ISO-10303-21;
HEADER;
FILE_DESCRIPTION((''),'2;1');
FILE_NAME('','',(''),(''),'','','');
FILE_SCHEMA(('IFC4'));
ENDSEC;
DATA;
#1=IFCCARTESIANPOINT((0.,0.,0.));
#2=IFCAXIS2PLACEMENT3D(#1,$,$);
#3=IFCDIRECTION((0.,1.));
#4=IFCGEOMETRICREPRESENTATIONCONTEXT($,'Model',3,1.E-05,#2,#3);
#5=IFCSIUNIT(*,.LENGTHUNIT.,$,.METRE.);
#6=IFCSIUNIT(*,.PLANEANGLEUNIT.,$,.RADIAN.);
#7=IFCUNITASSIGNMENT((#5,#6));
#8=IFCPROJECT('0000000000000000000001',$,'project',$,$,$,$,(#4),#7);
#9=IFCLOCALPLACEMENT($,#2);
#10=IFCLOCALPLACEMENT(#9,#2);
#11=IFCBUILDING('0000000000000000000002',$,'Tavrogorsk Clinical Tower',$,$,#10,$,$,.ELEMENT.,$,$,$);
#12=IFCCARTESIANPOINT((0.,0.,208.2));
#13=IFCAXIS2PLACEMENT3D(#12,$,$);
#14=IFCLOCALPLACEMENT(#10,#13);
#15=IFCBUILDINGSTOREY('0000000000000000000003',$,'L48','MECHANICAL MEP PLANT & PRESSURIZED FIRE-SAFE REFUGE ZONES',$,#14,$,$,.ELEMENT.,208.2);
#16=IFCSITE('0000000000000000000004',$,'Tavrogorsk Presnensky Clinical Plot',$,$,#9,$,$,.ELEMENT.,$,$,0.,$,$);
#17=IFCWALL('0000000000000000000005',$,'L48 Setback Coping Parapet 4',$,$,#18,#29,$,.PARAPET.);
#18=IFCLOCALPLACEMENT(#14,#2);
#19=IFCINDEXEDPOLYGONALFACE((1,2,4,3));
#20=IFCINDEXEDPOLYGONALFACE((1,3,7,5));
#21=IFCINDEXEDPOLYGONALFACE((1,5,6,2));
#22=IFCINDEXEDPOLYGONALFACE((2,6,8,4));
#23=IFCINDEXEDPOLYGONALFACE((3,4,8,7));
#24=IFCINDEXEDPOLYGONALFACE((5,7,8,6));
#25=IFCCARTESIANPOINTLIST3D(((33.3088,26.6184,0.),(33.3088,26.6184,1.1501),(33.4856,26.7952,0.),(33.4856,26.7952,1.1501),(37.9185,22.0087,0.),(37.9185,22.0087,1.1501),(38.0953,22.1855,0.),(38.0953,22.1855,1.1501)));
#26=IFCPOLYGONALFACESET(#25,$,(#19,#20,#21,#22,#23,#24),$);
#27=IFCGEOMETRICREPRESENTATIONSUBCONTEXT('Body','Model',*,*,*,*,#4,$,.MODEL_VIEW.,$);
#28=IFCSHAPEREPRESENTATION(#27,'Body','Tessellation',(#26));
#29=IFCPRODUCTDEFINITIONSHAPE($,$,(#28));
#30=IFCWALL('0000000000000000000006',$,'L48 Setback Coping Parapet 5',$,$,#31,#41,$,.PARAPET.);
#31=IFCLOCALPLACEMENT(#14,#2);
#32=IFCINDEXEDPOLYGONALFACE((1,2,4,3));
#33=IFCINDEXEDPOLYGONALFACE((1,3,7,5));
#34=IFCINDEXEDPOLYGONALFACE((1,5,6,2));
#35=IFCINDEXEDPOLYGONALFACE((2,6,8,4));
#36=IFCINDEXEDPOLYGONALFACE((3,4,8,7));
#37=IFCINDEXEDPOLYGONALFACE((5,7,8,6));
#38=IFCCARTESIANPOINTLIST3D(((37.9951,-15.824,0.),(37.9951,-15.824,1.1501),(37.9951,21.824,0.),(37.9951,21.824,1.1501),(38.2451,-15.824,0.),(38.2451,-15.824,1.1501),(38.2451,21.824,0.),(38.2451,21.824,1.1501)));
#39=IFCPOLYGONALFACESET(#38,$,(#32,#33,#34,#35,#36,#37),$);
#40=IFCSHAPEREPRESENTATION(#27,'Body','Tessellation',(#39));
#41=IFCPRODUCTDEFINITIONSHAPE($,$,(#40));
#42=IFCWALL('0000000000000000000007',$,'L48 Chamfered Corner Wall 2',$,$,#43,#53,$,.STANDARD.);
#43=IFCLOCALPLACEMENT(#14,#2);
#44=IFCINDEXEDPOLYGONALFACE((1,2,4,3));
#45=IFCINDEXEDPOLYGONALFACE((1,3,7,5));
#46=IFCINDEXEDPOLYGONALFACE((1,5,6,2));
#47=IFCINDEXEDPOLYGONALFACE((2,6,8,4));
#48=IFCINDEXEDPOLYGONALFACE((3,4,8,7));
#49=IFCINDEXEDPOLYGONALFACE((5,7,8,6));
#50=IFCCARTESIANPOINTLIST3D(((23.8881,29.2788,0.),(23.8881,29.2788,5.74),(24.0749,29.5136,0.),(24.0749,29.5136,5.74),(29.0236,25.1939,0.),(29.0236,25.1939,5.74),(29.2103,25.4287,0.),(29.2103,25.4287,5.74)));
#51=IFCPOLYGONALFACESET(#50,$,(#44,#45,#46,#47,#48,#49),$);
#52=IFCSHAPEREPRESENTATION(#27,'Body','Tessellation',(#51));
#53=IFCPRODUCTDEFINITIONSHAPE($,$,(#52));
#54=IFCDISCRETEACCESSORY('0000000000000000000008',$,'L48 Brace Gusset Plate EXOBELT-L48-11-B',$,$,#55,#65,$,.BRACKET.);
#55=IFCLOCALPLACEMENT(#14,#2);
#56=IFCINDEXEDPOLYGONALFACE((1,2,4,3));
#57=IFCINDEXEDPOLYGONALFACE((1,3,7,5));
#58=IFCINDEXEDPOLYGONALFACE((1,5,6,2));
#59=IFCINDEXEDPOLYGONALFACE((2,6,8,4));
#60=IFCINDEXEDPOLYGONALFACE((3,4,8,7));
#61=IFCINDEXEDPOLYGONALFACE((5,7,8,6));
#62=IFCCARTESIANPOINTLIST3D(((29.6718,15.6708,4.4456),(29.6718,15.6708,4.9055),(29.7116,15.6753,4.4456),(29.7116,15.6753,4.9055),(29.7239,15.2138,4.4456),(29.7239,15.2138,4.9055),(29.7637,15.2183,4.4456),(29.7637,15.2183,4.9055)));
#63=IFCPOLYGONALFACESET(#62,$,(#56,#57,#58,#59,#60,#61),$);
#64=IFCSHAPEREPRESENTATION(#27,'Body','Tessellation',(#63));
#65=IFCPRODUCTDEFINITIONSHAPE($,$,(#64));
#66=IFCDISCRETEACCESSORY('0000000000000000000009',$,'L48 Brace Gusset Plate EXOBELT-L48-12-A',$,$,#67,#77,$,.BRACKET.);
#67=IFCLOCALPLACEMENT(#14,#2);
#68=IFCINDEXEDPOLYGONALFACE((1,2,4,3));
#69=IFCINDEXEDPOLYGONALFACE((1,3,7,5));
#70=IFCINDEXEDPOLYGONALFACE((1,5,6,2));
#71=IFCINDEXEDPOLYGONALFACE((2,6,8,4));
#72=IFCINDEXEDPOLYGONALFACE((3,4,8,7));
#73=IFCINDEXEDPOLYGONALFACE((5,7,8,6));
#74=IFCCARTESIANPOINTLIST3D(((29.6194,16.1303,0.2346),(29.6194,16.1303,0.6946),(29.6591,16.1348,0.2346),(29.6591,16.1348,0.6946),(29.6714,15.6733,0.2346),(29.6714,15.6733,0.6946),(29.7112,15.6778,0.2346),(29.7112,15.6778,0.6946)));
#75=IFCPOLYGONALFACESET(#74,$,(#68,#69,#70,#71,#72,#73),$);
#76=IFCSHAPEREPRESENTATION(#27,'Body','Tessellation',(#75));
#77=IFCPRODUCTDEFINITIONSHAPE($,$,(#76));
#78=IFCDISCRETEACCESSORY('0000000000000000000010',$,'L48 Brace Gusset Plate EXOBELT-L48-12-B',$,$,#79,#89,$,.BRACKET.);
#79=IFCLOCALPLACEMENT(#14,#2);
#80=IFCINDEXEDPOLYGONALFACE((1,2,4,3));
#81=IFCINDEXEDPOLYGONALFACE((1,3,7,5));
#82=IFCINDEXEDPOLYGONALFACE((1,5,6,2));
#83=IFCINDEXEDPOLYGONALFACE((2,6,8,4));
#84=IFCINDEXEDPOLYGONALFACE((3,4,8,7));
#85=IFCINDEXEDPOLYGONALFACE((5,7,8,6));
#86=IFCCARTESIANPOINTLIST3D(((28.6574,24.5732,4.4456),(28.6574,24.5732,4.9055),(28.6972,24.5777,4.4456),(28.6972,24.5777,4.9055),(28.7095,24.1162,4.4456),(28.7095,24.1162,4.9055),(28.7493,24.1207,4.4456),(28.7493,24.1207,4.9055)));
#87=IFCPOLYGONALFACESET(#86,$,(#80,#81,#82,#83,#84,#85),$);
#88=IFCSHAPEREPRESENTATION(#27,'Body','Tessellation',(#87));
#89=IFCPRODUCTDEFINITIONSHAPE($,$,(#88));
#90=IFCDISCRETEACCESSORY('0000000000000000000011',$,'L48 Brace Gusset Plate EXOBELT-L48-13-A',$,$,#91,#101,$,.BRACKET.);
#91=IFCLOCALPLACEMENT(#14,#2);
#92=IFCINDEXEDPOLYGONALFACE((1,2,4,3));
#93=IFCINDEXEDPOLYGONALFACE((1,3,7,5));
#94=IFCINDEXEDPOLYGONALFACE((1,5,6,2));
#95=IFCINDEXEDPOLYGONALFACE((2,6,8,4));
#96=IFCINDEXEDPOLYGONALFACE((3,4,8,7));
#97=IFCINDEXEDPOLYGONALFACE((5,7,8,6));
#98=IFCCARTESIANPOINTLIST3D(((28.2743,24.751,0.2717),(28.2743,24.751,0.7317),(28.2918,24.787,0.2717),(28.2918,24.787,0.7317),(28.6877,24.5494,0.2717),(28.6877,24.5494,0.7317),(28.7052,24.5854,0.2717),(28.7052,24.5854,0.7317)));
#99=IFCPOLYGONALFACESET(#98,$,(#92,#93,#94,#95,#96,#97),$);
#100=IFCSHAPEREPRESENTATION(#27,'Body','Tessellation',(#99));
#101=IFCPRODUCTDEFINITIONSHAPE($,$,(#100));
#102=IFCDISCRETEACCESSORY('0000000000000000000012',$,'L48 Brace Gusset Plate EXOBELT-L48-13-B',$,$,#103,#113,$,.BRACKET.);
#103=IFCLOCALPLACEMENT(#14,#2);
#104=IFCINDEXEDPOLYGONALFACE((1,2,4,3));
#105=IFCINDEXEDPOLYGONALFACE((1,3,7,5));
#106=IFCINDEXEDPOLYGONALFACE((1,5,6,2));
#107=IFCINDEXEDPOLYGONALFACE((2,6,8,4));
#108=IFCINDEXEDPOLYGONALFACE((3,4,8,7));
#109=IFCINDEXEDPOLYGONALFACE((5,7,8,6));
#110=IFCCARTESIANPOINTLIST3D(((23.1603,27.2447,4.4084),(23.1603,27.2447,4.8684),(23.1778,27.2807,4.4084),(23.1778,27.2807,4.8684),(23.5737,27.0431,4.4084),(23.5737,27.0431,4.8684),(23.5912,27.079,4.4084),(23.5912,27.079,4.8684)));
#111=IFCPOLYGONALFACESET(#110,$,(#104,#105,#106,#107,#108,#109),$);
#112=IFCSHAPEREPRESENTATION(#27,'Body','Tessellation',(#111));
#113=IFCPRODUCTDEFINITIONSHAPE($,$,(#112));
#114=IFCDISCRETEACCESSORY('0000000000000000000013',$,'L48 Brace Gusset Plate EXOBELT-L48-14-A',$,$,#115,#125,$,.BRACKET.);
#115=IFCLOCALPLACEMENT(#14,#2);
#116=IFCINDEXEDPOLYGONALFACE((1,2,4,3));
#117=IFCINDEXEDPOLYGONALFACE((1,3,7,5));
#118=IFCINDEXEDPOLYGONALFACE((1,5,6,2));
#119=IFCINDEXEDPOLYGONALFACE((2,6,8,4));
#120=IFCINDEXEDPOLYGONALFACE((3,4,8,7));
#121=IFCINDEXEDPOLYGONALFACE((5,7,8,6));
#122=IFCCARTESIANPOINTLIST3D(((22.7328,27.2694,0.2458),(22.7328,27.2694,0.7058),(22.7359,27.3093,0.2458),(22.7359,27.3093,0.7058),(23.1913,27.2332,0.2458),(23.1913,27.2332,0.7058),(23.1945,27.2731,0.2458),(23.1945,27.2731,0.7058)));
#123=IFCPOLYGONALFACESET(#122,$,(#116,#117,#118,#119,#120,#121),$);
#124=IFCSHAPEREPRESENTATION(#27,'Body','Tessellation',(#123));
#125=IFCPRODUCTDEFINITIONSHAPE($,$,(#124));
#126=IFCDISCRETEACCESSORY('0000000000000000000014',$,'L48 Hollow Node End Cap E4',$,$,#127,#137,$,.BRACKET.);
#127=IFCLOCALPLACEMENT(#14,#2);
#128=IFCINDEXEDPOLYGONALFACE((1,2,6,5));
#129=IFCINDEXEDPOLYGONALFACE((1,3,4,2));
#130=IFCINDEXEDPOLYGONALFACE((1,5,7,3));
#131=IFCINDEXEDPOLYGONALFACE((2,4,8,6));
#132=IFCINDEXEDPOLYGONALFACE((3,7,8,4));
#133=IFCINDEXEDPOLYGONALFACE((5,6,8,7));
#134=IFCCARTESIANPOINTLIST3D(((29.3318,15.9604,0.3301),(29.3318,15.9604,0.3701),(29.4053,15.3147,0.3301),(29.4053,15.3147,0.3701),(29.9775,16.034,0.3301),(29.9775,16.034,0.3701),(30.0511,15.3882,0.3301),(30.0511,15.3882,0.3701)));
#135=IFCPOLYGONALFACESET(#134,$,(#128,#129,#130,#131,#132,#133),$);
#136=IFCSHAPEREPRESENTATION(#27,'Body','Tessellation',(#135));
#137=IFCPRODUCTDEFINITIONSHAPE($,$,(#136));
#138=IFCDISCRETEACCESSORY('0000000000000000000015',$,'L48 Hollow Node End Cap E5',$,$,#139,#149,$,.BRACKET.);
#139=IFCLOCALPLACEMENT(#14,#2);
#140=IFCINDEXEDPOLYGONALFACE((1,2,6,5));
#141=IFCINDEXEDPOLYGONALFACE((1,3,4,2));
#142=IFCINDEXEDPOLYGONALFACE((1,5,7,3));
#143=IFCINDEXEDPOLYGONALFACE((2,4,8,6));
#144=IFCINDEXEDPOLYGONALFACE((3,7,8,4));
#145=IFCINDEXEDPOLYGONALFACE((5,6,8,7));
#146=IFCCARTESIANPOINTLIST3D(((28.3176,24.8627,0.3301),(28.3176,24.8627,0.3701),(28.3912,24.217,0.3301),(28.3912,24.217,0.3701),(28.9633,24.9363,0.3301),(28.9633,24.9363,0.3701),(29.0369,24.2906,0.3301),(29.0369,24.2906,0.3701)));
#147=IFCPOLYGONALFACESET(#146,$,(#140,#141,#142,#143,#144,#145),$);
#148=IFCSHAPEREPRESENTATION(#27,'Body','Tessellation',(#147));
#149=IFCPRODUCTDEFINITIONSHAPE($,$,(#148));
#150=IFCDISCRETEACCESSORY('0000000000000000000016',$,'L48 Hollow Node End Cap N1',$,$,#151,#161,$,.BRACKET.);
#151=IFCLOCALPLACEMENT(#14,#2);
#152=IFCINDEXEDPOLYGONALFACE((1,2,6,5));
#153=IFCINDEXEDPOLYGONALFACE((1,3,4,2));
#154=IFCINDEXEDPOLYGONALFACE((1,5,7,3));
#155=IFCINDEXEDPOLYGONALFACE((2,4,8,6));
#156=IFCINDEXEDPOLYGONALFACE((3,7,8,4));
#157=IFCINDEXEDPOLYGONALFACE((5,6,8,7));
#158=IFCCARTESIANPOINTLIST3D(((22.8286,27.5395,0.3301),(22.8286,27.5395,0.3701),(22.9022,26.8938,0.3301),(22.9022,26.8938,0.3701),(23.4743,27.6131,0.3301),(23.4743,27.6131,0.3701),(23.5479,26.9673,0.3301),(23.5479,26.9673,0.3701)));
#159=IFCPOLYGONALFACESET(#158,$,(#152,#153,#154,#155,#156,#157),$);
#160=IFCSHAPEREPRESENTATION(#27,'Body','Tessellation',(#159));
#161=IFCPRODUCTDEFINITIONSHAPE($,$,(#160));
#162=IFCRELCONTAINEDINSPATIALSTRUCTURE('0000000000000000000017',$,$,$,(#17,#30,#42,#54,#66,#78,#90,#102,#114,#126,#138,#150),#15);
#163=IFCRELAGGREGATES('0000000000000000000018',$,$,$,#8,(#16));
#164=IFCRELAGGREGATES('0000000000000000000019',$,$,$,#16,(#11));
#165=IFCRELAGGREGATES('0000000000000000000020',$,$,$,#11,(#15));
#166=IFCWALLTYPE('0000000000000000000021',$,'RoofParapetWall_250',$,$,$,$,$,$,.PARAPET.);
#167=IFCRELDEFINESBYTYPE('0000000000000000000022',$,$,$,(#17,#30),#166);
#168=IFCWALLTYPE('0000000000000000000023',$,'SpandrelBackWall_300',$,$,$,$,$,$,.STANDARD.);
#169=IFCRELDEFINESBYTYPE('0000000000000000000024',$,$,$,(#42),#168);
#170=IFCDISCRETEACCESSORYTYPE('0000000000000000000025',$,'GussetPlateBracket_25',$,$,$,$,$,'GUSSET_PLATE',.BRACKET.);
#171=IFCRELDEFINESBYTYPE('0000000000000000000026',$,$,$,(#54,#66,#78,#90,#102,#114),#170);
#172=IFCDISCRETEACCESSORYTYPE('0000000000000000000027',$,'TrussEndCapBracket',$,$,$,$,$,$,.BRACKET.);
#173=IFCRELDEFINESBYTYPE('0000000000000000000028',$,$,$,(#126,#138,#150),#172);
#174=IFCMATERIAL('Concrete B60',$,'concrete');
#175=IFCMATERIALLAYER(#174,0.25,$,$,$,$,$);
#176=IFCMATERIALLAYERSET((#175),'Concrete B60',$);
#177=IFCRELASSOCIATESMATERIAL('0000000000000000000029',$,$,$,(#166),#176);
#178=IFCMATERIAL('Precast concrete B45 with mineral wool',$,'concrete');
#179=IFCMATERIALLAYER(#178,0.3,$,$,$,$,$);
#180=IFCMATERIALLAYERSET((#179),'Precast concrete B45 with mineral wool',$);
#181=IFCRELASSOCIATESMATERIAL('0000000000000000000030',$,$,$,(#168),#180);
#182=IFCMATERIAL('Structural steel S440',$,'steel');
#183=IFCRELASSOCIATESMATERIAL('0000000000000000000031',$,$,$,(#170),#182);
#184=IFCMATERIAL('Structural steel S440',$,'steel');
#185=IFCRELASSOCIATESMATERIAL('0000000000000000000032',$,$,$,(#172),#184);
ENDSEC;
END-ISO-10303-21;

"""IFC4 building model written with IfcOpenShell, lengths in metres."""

from ifc_helpers import new_model, si_unit, direction, frame, frame_2d, origin, origin_2d, place, context, subcontext, project, spatial, rectangle, extrude, material, layer, layer_set, type_object, element, save


model = new_model("IFC4")

# Units and contexts
model_context = context("Model", 3, precision=1e-05, world=origin(), true_north=direction((0.0, 1.0)))
body_context = subcontext(model_context, "Body", "Model", "MODEL_VIEW")
ifc_project = project(units=[si_unit("LENGTHUNIT", "METRE"), si_unit("PLANEANGLEUNIT", "RADIAN")], contexts=[model_context])

# Site, building, storey
site_placement = place(None, origin())
site = spatial("IfcSite", under=ifc_project, at=site_placement, Name="Tavrogorsk Presnensky Clinical Plot", CompositionType="ELEMENT", RefElevation=0.0)
building_placement = place(site_placement, origin())
building = spatial("IfcBuilding", under=site, at=building_placement, Name="Tavrogorsk Clinical Tower", CompositionType="ELEMENT")
storey_placement = place(building_placement, frame((0.0, 0.0, 208.2)))
storey = spatial("IfcBuildingStorey", under=building, at=storey_placement, Name="L48", Description="MECHANICAL MEP PLANT & PRESSURIZED FIRE-SAFE REFUGE ZONES", CompositionType="ELEMENT", Elevation=208.2)

# Walls
ifc_material_1 = material(Name="Concrete B60", Category="concrete")
ifc_layer_1 = layer(ifc_material_1, 0.25)
ifc_layer_set_1 = layer_set([ifc_layer_1], Name="Concrete B60")
wall_type_1 = type_object("IfcWallType", Name="RoofParapetWall_250", PredefinedType="PARAPET", material=ifc_layer_set_1)
wall_1_placement = place(storey_placement, frame((33.3972, 26.7068, 0.0), z_axis=(0.0, 0.0, 1.0), x_axis=(0.707107, -0.707107, 0.0)))
element("IfcWall", 1, at=wall_1_placement, inside=storey, type_object=wall_type_1, Name="L48 Setback Coping Parapet 4", PredefinedType="PARAPET", context=body_context, shape_type="SweptSolid", body=[
    extrude(rectangle(XDim=6.519, YDim=0.25, at=frame_2d((3.2595, 0.0))), origin(), (0.0, 0.0, 1.0), 1.1501),
])
wall_2_placement = place(storey_placement, frame((38.1201, 21.824, 0.0), z_axis=(0.0, 0.0, 1.0), x_axis=(0.0, -1.0, 0.0)))
element("IfcWall", 2, at=wall_2_placement, inside=storey, type_object=wall_type_1, Name="L48 Setback Coping Parapet 5", PredefinedType="PARAPET", context=body_context, shape_type="SweptSolid", body=[
    extrude(rectangle(XDim=37.6479, YDim=0.25, at=frame_2d((18.824, 0.0))), origin(), (0.0, 0.0, 1.0), 1.1501),
])
ifc_material_2 = material(Name="Precast concrete B45 with mineral wool", Category="concrete")
ifc_layer_2 = layer(ifc_material_2, 0.3)
ifc_layer_set_2 = layer_set([ifc_layer_2], Name="Precast concrete B45 with mineral wool")
wall_type_2 = type_object("IfcWallType", Name="SpandrelBackWall_300", PredefinedType="STANDARD", material=ifc_layer_set_2)
wall_3_placement = place(storey_placement, frame((29.1169, 25.3113, 0.0), z_axis=(0.0, 0.0, 1.0), x_axis=(-0.782608, 0.622515, 0.0)))
element("IfcWall", 3, at=wall_3_placement, inside=storey, type_object=wall_type_2, Name="L48 Chamfered Corner Wall 2", PredefinedType="STANDARD", context=body_context, shape_type="SweptSolid", body=[
    extrude(rectangle(XDim=6.562, YDim=0.3, at=frame_2d((3.281, 0.0))), origin(), (0.0, 0.0, 1.0), 5.74),
])

# Discrete accessories
ifc_material_3 = material(Name="Structural steel S440", Category="steel")
discrete_accessory_type_1 = type_object("IfcDiscreteAccessoryType", Name="GussetPlateBracket_25", ElementType="GUSSET_PLATE", PredefinedType="BRACKET", material=ifc_material_3)
for number, where, z_axis, x_axis, name in (
    (4, (29.7178, 15.4446, 4.4456), (0.0, 0.0, 1.0), (-0.113203, 0.993572, 0.0), "L48 Brace Gusset Plate EXOBELT-L48-11-B"),
    (5, (29.6653, 15.9041, 0.2346), (0.0, 0.0, 1.0), (-0.113203, 0.993572, 0.0), "L48 Brace Gusset Plate EXOBELT-L48-12-A"),
    (6, (28.7034, 24.3469, 4.4456), (0.0, 0.0, 1.0), (-0.113203, 0.993572, 0.0), "L48 Brace Gusset Plate EXOBELT-L48-12-B"),
    (7, (28.4897, 24.6682, 0.2717), (0.0, 0.0, 1.0), (-0.898794, 0.438371, 0.0), "L48 Brace Gusset Plate EXOBELT-L48-13-A"),
    (8, (23.3757, 27.1619, 4.4084), (0.0, 0.0, 1.0), (-0.898794, 0.438371, 0.0), "L48 Brace Gusset Plate EXOBELT-L48-13-B"),
    (9, (22.9636, 27.2712, 0.2458), (0.0, 0.0, 1.0), (-0.99689, 0.078807, 0.0), "L48 Brace Gusset Plate EXOBELT-L48-14-A"),
):
    element("IfcDiscreteAccessory", number, at=place(storey_placement, frame(where, z_axis=z_axis, x_axis=x_axis)), inside=storey, type_object=discrete_accessory_type_1, Name=name, PredefinedType="BRACKET", context=body_context, shape_type="SweptSolid", body=[
        extrude(rectangle(XDim=0.46, YDim=0.04, at=origin_2d()), origin(), (0.0, 0.0, 1.0), 0.46),
    ])
ifc_material_4 = material(Name="Structural steel S440", Category="steel")
discrete_accessory_type_2 = type_object("IfcDiscreteAccessoryType", Name="TrussEndCapBracket", PredefinedType="BRACKET", material=ifc_material_4)
for number, where, z_axis, x_axis, name in (
    (10, (29.6914, 15.6743, 0.3301), (0.0, 0.0, 1.0), (0.993572, 0.113203, 0.0), "L48 Hollow Node End Cap E4"),
    (11, (28.6772, 24.5767, 0.3301), (0.0, 0.0, 1.0), (0.993572, 0.113203, 0.0), "L48 Hollow Node End Cap E5"),
    (12, (23.1882, 27.2534, 0.3301), (0.0, 0.0, 1.0), (0.993572, 0.113203, 0.0), "L48 Hollow Node End Cap N1"),
):
    element("IfcDiscreteAccessory", number, at=place(storey_placement, frame(where, z_axis=z_axis, x_axis=x_axis)), inside=storey, type_object=discrete_accessory_type_2, Name=name, PredefinedType="BRACKET", context=body_context, shape_type="SweptSolid", body=[
        extrude(rectangle(XDim=0.6499, YDim=0.6499, at=origin_2d()), origin(), (0.0, 0.0, 1.0), 0.04),
    ])

save(model, "model.ifc")
